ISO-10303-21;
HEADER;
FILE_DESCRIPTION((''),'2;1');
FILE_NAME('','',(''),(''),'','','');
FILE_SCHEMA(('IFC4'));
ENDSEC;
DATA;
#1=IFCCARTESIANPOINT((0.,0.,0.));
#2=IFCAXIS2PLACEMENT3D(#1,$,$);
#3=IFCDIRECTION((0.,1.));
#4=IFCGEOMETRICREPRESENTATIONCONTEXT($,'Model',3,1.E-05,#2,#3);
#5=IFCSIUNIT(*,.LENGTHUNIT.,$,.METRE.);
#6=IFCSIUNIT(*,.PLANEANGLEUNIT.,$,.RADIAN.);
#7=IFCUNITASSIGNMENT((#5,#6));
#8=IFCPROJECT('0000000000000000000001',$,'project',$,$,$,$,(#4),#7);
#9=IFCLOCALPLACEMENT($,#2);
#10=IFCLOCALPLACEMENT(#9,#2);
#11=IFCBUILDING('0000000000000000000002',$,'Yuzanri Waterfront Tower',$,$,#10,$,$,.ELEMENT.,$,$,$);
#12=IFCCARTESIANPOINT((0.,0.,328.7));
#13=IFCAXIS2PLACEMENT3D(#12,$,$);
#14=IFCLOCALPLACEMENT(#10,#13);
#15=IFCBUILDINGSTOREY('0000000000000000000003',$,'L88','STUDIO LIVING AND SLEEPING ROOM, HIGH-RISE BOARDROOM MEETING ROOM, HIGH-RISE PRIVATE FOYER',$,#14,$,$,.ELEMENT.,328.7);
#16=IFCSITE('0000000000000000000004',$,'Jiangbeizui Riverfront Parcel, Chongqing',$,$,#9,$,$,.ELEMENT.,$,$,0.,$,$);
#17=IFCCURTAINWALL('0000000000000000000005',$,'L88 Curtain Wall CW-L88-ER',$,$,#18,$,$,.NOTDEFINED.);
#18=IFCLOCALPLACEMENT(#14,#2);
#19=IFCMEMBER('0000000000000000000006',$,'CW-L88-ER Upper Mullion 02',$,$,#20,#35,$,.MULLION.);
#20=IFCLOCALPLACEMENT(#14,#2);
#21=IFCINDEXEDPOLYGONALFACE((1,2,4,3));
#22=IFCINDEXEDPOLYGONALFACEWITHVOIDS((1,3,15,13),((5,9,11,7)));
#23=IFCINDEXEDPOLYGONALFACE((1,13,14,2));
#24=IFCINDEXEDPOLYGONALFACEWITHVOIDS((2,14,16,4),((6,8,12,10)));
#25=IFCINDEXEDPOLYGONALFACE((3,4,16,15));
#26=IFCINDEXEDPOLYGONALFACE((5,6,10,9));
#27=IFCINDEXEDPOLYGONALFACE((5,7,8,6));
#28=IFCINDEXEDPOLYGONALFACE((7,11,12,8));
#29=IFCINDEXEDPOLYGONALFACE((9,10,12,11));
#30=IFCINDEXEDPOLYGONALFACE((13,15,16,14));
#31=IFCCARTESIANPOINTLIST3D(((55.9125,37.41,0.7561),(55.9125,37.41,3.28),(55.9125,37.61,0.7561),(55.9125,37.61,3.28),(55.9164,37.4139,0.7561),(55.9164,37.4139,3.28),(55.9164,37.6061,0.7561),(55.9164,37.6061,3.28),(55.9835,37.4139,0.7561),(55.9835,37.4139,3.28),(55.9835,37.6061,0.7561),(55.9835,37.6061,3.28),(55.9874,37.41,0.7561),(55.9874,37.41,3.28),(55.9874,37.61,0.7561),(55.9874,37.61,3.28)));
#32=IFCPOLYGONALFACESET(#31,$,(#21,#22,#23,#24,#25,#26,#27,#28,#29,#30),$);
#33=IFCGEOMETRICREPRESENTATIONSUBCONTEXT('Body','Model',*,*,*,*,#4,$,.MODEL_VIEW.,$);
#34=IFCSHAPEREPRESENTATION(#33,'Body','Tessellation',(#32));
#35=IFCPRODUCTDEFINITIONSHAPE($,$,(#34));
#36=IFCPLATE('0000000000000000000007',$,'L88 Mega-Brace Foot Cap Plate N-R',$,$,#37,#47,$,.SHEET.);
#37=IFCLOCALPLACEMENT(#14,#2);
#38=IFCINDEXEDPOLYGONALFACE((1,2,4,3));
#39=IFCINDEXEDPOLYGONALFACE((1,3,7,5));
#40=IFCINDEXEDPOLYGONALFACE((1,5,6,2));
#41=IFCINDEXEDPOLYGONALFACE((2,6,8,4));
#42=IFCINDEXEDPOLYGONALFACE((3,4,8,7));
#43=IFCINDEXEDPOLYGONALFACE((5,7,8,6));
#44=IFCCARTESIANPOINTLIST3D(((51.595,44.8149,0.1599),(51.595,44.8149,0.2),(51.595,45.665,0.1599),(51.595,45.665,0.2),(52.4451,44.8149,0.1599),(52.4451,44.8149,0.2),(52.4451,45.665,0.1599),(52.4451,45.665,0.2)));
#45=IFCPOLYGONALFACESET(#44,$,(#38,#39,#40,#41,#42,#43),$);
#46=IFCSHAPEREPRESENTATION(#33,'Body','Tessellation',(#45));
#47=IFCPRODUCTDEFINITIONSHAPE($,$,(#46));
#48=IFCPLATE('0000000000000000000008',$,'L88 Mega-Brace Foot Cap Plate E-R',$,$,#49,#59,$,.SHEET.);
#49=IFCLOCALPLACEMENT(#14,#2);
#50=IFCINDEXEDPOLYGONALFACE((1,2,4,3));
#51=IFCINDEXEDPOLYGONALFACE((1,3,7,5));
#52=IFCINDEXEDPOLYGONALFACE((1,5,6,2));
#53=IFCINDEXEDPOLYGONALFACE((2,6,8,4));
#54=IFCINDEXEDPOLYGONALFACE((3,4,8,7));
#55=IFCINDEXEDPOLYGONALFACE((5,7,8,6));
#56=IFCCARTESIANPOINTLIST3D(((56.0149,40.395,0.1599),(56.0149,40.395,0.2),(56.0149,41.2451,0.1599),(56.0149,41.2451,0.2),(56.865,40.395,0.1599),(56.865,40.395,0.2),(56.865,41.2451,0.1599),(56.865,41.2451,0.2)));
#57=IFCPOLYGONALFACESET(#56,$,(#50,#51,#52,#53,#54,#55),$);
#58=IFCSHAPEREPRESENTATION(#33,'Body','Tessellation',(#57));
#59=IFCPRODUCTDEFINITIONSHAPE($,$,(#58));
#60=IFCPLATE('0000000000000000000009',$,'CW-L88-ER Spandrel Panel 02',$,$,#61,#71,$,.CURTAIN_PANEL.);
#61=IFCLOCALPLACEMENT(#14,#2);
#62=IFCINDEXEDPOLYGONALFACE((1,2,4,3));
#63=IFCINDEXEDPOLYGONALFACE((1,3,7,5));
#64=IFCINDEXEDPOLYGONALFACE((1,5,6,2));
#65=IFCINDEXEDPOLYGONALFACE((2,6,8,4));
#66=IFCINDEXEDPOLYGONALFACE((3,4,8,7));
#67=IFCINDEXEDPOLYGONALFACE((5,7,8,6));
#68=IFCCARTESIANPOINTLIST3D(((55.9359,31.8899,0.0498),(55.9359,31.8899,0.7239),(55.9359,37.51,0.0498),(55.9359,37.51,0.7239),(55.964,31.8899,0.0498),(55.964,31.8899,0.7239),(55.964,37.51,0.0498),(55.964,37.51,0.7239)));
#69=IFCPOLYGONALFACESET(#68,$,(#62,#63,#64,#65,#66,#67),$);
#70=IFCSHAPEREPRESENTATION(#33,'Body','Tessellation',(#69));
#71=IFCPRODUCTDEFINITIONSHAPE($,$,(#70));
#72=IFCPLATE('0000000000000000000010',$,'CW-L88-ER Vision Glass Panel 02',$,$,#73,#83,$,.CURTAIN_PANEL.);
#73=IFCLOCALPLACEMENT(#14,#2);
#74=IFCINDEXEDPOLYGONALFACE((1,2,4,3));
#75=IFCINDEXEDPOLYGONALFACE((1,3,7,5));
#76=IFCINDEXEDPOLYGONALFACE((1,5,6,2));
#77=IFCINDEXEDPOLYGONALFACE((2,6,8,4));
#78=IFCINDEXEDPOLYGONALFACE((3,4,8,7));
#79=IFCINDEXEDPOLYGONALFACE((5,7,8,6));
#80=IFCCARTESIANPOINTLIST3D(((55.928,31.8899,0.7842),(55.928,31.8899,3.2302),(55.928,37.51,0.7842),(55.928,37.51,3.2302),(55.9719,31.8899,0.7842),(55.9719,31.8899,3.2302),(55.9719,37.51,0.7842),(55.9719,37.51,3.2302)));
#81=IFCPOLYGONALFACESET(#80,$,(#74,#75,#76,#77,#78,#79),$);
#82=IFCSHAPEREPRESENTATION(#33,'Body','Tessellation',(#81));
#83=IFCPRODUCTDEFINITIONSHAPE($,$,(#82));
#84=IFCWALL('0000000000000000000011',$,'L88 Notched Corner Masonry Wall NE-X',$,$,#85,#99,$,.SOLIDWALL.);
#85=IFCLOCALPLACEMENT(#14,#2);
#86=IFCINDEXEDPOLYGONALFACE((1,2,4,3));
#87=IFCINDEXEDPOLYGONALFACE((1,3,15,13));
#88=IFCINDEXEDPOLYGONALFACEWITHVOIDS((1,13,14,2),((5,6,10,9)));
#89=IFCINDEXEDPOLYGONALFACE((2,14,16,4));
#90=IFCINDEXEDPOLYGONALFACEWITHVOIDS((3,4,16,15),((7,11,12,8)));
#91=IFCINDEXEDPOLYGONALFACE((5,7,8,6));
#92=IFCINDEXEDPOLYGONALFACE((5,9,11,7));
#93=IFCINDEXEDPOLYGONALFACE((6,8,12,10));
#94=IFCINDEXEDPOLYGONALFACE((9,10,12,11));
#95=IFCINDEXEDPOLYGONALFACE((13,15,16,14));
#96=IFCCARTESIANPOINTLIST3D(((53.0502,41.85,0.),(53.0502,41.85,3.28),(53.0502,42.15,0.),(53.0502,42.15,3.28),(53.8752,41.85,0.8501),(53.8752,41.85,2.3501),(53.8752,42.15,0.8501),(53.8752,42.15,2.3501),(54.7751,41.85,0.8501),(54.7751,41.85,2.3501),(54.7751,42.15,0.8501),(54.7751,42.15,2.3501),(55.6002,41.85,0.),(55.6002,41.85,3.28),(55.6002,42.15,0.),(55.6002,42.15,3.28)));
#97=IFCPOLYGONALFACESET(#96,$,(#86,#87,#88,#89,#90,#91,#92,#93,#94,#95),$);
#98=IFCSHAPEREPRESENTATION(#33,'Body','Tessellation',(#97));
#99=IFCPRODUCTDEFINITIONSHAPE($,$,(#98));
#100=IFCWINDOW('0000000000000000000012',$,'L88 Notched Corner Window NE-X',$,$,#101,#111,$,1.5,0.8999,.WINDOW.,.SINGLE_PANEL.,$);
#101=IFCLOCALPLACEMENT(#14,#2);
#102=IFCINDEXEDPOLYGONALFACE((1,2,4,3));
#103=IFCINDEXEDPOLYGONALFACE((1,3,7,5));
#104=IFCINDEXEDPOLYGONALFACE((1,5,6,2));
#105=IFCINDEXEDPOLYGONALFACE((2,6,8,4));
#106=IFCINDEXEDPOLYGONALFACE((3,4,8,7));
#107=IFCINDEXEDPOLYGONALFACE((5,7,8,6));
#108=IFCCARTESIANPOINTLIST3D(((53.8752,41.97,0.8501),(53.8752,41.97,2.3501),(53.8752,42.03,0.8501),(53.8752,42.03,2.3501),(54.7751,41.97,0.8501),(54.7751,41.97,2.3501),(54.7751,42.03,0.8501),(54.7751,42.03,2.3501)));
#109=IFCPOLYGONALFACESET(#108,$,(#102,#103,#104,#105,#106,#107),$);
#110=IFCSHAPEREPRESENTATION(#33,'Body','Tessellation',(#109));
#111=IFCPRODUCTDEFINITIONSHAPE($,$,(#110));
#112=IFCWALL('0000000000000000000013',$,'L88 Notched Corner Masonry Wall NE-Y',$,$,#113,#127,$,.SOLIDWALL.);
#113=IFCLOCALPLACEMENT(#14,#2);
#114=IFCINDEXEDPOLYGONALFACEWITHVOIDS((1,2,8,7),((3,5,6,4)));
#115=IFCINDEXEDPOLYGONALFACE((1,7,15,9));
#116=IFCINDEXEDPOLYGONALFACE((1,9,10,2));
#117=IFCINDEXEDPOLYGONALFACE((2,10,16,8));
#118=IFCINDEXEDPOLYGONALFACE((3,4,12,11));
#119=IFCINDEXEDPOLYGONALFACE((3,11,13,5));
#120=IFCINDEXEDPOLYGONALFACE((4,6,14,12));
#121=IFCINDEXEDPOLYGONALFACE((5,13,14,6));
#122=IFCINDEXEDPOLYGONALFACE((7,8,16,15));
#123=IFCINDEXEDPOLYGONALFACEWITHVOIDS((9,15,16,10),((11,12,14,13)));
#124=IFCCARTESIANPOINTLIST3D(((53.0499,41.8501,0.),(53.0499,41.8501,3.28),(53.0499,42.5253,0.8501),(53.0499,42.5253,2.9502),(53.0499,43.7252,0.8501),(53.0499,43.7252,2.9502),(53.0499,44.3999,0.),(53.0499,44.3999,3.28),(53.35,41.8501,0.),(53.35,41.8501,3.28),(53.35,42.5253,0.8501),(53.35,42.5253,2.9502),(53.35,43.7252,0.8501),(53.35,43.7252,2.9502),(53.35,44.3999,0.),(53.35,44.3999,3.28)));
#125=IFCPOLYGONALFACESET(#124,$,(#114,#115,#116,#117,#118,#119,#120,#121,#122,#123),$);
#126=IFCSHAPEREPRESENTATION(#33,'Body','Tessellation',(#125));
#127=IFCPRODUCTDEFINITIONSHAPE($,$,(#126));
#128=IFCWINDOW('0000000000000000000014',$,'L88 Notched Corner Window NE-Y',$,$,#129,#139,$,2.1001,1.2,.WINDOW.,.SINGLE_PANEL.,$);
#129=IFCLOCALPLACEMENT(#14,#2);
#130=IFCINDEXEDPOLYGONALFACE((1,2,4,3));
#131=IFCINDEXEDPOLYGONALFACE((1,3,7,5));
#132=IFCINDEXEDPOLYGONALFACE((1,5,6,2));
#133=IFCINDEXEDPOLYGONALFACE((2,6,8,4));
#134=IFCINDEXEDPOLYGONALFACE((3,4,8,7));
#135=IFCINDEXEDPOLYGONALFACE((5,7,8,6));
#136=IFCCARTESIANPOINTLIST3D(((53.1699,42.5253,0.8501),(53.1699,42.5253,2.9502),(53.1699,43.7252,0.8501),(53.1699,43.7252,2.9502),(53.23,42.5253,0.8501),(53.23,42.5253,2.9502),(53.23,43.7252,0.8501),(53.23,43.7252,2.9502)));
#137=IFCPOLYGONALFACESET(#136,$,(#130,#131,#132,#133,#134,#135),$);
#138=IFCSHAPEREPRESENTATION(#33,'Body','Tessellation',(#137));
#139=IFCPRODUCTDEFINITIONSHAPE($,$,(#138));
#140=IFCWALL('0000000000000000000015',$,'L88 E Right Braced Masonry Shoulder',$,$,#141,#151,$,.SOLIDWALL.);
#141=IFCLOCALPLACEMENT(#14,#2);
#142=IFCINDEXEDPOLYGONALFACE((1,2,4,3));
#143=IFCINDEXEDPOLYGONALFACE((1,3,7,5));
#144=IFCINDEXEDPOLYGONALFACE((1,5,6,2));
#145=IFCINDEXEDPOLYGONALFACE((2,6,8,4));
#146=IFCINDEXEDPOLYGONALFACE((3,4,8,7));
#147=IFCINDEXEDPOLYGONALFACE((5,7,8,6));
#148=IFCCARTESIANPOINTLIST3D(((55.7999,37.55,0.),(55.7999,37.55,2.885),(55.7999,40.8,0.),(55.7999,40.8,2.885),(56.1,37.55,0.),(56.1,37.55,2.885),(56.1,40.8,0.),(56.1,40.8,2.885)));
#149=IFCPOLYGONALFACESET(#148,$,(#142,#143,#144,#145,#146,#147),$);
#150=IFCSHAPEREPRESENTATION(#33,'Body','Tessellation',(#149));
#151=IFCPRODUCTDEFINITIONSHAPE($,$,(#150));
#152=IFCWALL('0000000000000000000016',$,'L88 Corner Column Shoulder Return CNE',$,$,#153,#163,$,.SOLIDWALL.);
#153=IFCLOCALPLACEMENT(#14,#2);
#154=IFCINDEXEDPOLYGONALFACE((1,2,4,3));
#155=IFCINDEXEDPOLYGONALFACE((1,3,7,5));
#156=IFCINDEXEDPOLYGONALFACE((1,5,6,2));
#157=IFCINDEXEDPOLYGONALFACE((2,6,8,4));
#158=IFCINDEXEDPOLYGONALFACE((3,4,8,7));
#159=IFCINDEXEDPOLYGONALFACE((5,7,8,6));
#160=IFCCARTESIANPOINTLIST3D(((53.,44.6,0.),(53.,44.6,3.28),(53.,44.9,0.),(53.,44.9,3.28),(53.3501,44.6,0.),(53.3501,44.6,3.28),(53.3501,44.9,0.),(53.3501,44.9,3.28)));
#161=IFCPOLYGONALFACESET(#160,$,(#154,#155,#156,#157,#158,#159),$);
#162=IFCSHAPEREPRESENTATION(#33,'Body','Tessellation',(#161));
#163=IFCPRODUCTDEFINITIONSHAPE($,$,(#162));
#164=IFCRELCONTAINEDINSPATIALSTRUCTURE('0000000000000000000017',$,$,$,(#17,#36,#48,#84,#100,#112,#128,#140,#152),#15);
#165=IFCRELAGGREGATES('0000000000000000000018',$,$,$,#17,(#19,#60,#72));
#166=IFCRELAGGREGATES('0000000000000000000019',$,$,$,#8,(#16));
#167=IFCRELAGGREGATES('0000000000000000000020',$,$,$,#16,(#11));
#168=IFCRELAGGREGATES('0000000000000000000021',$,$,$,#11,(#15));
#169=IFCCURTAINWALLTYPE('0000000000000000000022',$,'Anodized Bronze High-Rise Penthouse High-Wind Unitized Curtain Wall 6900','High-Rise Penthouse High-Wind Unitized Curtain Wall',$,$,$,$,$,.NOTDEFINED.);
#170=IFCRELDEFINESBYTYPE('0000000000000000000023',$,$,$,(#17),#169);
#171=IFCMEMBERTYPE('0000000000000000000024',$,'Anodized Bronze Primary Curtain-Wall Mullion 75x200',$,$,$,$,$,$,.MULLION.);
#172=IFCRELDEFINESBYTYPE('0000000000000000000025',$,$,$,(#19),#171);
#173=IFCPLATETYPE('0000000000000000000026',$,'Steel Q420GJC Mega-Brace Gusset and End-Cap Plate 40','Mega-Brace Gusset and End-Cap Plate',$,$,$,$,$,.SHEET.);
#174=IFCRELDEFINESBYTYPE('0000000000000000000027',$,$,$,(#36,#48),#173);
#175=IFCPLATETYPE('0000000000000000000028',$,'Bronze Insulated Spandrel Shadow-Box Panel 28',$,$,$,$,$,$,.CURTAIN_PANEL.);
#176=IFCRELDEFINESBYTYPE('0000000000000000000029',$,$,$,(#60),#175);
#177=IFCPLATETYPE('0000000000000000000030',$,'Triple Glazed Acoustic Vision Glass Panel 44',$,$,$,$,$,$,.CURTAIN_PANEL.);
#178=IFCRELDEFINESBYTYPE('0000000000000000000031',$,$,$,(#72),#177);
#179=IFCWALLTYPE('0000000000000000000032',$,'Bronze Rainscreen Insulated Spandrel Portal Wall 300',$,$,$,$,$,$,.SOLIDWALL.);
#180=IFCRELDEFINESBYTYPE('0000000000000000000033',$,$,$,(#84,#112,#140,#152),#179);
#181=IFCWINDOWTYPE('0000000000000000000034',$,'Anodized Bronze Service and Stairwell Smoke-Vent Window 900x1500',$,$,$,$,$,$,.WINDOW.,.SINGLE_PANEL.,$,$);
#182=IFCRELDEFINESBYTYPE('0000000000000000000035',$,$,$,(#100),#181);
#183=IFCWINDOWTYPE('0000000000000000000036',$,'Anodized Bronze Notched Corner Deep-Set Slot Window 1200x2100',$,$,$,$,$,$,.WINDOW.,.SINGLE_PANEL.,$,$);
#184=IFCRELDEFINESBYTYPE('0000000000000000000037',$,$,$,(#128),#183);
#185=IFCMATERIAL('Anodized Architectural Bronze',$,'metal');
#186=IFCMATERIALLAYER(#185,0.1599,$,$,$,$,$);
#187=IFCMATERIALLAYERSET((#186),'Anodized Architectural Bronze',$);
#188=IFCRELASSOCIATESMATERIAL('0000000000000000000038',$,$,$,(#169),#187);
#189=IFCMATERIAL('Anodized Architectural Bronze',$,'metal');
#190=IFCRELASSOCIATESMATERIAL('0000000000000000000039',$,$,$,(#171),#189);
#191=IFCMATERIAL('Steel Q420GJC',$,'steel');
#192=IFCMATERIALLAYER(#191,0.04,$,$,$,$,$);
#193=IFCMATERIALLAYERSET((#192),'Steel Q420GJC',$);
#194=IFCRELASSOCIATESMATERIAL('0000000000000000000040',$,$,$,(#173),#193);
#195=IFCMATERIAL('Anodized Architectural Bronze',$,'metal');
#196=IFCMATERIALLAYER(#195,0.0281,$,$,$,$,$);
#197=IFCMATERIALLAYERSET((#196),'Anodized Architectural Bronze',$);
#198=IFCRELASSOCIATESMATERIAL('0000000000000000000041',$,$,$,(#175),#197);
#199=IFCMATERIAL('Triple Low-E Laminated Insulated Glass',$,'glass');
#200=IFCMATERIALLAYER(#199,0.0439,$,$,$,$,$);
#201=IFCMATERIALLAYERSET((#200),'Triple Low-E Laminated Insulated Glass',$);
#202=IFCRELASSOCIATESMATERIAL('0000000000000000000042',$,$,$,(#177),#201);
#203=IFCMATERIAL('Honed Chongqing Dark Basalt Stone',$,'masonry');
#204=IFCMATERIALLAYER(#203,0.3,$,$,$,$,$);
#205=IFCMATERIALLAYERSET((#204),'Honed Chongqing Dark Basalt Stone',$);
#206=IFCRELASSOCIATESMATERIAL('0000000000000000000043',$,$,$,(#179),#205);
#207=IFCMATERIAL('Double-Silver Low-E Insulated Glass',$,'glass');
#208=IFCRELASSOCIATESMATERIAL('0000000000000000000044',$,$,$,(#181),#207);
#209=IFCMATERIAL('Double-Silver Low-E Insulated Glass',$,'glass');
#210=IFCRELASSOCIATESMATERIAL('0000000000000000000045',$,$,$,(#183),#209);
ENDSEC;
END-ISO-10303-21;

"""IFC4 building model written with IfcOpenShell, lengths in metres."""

from ifc_helpers import new_model, si_unit, direction, frame, frame_2d, origin, origin_2d, place, context, subcontext, project, spatial, rectangle, hollow_rectangle, extrude, source, transform, mapped, material, layer, layer_set, material_profile, profile_set, type_object, element, fill, aggregate, save


model = new_model("IFC4")

# Units and contexts
model_context = context("Model", 3, precision=1e-05, world=origin(), true_north=direction((0.0, 1.0)))
body_context = subcontext(model_context, "Body", "Model", "MODEL_VIEW")
ifc_project = project(units=[si_unit("LENGTHUNIT", "METRE"), si_unit("PLANEANGLEUNIT", "RADIAN")], contexts=[model_context])

# Site, building, storey
site_placement = place(None, origin())
site = spatial("IfcSite", under=ifc_project, at=site_placement, Name="Jiangbeizui Riverfront Parcel, Chongqing", CompositionType="ELEMENT", RefElevation=0.0)
building_placement = place(site_placement, origin())
building = spatial("IfcBuilding", under=site, at=building_placement, Name="Yuzanri Waterfront Tower", CompositionType="ELEMENT")
storey_placement = place(building_placement, frame((0.0, 0.0, 328.7)))
storey = spatial("IfcBuildingStorey", under=building, at=storey_placement, Name="L88", Description="STUDIO LIVING AND SLEEPING ROOM, HIGH-RISE BOARDROOM MEETING ROOM, HIGH-RISE PRIVATE FOYER", CompositionType="ELEMENT", Elevation=328.7)

# Curtain wall, member
ifc_material_1 = material(Name="Anodized Architectural Bronze", Category="metal")
ifc_layer_1 = layer(ifc_material_1, 0.1599)
ifc_layer_set_1 = layer_set([ifc_layer_1], Name="Anodized Architectural Bronze")
curtain_wall_type = type_object("IfcCurtainWallType", Name="Anodized Bronze High-Rise Penthouse High-Wind Unitized Curtain Wall 6900", Description="High-Rise Penthouse High-Wind Unitized Curtain Wall", PredefinedType="NOTDEFINED", material=ifc_layer_set_1)
curtain_wall_placement = place(storey_placement, origin())
curtain_wall = element("IfcCurtainWall", 1, at=curtain_wall_placement, inside=storey, type_object=curtain_wall_type, Name="L88 Curtain Wall CW-L88-ER", PredefinedType="NOTDEFINED")
ifc_material_2 = material(Name="Anodized Architectural Bronze", Category="metal")
ifc_material_profile_1 = material_profile(ifc_material_2, hollow_rectangle(XDim=0.075, YDim=0.2, WallThickness=0.0039, at=origin_2d()), Name="CWM 75x200")
ifc_profile_set_1 = profile_set([ifc_material_profile_1], Name="Anodized Architectural Bronze")
member_type_1 = type_object("IfcMemberType", Name="Anodized Bronze Primary Curtain-Wall Mullion 75x200", PredefinedType="MULLION", material=ifc_profile_set_1)
shared_shape_1 = source(origin(), body_context, "Body", "SweptSolid", [
    extrude(hollow_rectangle(XDim=0.075, YDim=0.2, WallThickness=0.0039, at=origin_2d()), origin(), (0.0, 0.0, 1.0), 2.5239),
])
member_1_placement = place(storey_placement, frame((55.95, 37.51, 0.7561), z_axis=(0.0, 0.0, 1.0), x_axis=(1.0, 0.0, 0.0)))
member_1 = element("IfcMember", 2, at=member_1_placement, type_object=member_type_1, Name="CW-L88-ER Upper Mullion 02", PredefinedType="MULLION", context=body_context, shape_type="MappedRepresentation", body=[
    mapped(shared_shape_1, transform((0.0, 0.0, 0.0), scale=1.0)),
])

# Plates
ifc_material_3 = material(Name="Steel Q420GJC", Category="steel")
ifc_layer_2 = layer(ifc_material_3, 0.04)
ifc_layer_set_2 = layer_set([ifc_layer_2], Name="Steel Q420GJC")
plate_type_1 = type_object("IfcPlateType", Name="Steel Q420GJC Mega-Brace Gusset and End-Cap Plate 40", Description="Mega-Brace Gusset and End-Cap Plate", PredefinedType="SHEET", material=ifc_layer_set_2)
shared_shape_2 = source(origin(), body_context, "Body", "SweptSolid", [
    extrude(rectangle(XDim=0.8501, YDim=0.8501, at=origin_2d()), origin(), (0.0, 0.0, 1.0), 0.04),
])
for number, where, z_axis, x_axis, name in (
    (3, (52.02, 45.24, 0.1599), (0.0, 0.0, 1.0), (1.0, 0.0, 0.0), "L88 Mega-Brace Foot Cap Plate N-R"),
    (4, (56.4399, 40.8201, 0.1599), (0.0, 0.0, 1.0), (1.0, 0.0, 0.0), "L88 Mega-Brace Foot Cap Plate E-R"),
):
    element("IfcPlate", number, at=place(storey_placement, frame(where, z_axis=z_axis, x_axis=x_axis)), inside=storey, type_object=plate_type_1, Name=name, PredefinedType="SHEET", context=body_context, shape_type="MappedRepresentation", body=[
        mapped(shared_shape_2, transform((0.0, 0.0, 0.0), scale=1.0)),
    ])

# Plates
ifc_material_4 = material(Name="Anodized Architectural Bronze", Category="metal")
ifc_layer_3 = layer(ifc_material_4, 0.0281)
ifc_layer_set_3 = layer_set([ifc_layer_3], Name="Anodized Architectural Bronze")
plate_type_2 = type_object("IfcPlateType", Name="Bronze Insulated Spandrel Shadow-Box Panel 28", PredefinedType="CURTAIN_PANEL", material=ifc_layer_set_3)
shared_shape_3 = source(origin(), body_context, "Body", "SweptSolid", [
    extrude(rectangle(XDim=5.6201, YDim=0.0281, at=origin_2d()), origin(), (0.0, 0.0, 1.0), 0.6741),
])
plate_1_placement = place(storey_placement, frame((55.95, 34.7, 0.0498), z_axis=(0.0, 0.0, 1.0), x_axis=(0.0, 1.0, 0.0)))
plate_1 = element("IfcPlate", 5, at=plate_1_placement, type_object=plate_type_2, Name="CW-L88-ER Spandrel Panel 02", PredefinedType="CURTAIN_PANEL", context=body_context, shape_type="MappedRepresentation", body=[
    mapped(shared_shape_3, transform((0.0, 0.0, 0.0), scale=1.0)),
])
ifc_material_5 = material(Name="Triple Low-E Laminated Insulated Glass", Category="glass")
ifc_layer_4 = layer(ifc_material_5, 0.0439)
ifc_layer_set_4 = layer_set([ifc_layer_4], Name="Triple Low-E Laminated Insulated Glass")
plate_type_3 = type_object("IfcPlateType", Name="Triple Glazed Acoustic Vision Glass Panel 44", PredefinedType="CURTAIN_PANEL", material=ifc_layer_set_4)
shared_shape_4 = source(origin(), body_context, "Body", "SweptSolid", [
    extrude(rectangle(XDim=5.6201, YDim=0.0439, at=origin_2d()), origin(), (0.0, 0.0, 1.0), 2.446),
])
plate_2_placement = place(storey_placement, frame((55.95, 34.7, 0.7842), z_axis=(0.0, 0.0, 1.0), x_axis=(0.0, 1.0, 0.0)))
plate_2 = element("IfcPlate", 6, at=plate_2_placement, type_object=plate_type_3, Name="CW-L88-ER Vision Glass Panel 02", PredefinedType="CURTAIN_PANEL", context=body_context, shape_type="MappedRepresentation", body=[
    mapped(shared_shape_4, transform((0.0, 0.0, 0.0), scale=1.0)),
])
aggregate(curtain_wall, [member_1, plate_1, plate_2])

# Walls, openings, windows
ifc_material_6 = material(Name="Honed Chongqing Dark Basalt Stone", Category="masonry")
ifc_layer_5 = layer(ifc_material_6, 0.3)
ifc_layer_set_5 = layer_set([ifc_layer_5], Name="Honed Chongqing Dark Basalt Stone")
wall_type_1 = type_object("IfcWallType", Name="Bronze Rainscreen Insulated Spandrel Portal Wall 300", PredefinedType="SOLIDWALL", material=ifc_layer_set_5)
wall_1_placement = place(storey_placement, frame((55.6001, 42.0, 0.0), z_axis=(0.0, 0.0, 1.0), x_axis=(-1.0, 0.0, 0.0)))
wall_1 = element("IfcWall", 7, at=wall_1_placement, inside=storey, type_object=wall_type_1, Name="L88 Notched Corner Masonry Wall NE-X", PredefinedType="SOLIDWALL", context=body_context, shape_type="SweptSolid", body=[
    extrude(rectangle(XDim=2.55, YDim=0.3, at=frame_2d((1.2749, 0.0))), origin(), (0.0, 0.0, 1.0), 3.28),
])
opening_1_placement = place(wall_1_placement, frame((0.825, 0.0, 0.8501)))
opening_1 = element("IfcOpeningElement", 8, at=opening_1_placement, cuts=wall_1, PredefinedType="OPENING", context=body_context, shape_type="SweptSolid", body=[
    extrude(rectangle(XDim=0.8999, YDim=1.5, at=frame_2d((0.45, 0.75))), frame((0.0, 0.165, 0.0), z_axis=(0.0, -1.0, 0.0), x_axis=(1.0, 0.0, 0.0)), (0.0, 0.0, 1.0), 0.3298),
])
ifc_material_7 = material(Name="Double-Silver Low-E Insulated Glass", Category="glass")
window_type_1 = type_object("IfcWindowType", Name="Anodized Bronze Service and Stairwell Smoke-Vent Window 900x1500", PartitioningType="SINGLE_PANEL", PredefinedType="WINDOW", material=ifc_material_7)
shared_shape_5 = source(origin(), body_context, "Body", "SweptSolid", [
    extrude(rectangle(XDim=0.8999, YDim=1.5, at=frame_2d((0.45, 0.75))), frame((0.0, 0.03, 0.0), z_axis=(0.0, -1.0, 0.0), x_axis=(1.0, 0.0, 0.0)), (0.0, 0.0, 1.0), 0.0601),
])
window_1_placement = place(opening_1_placement, origin())
window_1 = element("IfcWindow", 9, at=window_1_placement, inside=storey, type_object=window_type_1, Name="L88 Notched Corner Window NE-X", OverallHeight=1.5, OverallWidth=0.8999, PartitioningType="SINGLE_PANEL", PredefinedType="WINDOW", context=body_context, shape_type="MappedRepresentation", body=[
    mapped(shared_shape_5, transform((0.0, 0.0, 0.0), scale=1.0)),
])
fill(opening_1, window_1)
wall_2_placement = place(storey_placement, frame((53.2, 41.8501, 0.0), z_axis=(0.0, 0.0, 1.0), x_axis=(0.0, 1.0, 0.0)))
wall_2 = element("IfcWall", 10, at=wall_2_placement, inside=storey, type_object=wall_type_1, Name="L88 Notched Corner Masonry Wall NE-Y", PredefinedType="SOLIDWALL", context=body_context, shape_type="SweptSolid", body=[
    extrude(rectangle(XDim=2.5498, YDim=0.3, at=frame_2d((1.2749, 0.0))), origin(), (0.0, 0.0, 1.0), 3.28),
])
opening_2_placement = place(wall_2_placement, frame((0.675, 0.0, 0.8501)))
opening_2 = element("IfcOpeningElement", 11, at=opening_2_placement, cuts=wall_2, PredefinedType="OPENING", context=body_context, shape_type="SweptSolid", body=[
    extrude(rectangle(XDim=1.2, YDim=2.1001, at=frame_2d((0.6001, 1.05))), frame((0.0, 0.165, 0.0), z_axis=(0.0, -1.0, 0.0), x_axis=(1.0, 0.0, 0.0)), (0.0, 0.0, 1.0), 0.3298),
])
ifc_material_8 = material(Name="Double-Silver Low-E Insulated Glass", Category="glass")
window_type_2 = type_object("IfcWindowType", Name="Anodized Bronze Notched Corner Deep-Set Slot Window 1200x2100", PartitioningType="SINGLE_PANEL", PredefinedType="WINDOW", material=ifc_material_8)
shared_shape_6 = source(origin(), body_context, "Body", "SweptSolid", [
    extrude(rectangle(XDim=1.2, YDim=2.1001, at=frame_2d((0.6001, 1.05))), frame((0.0, 0.03, 0.0), z_axis=(0.0, -1.0, 0.0), x_axis=(1.0, 0.0, 0.0)), (0.0, 0.0, 1.0), 0.0601),
])
window_2_placement = place(opening_2_placement, origin())
window_2 = element("IfcWindow", 12, at=window_2_placement, inside=storey, type_object=window_type_2, Name="L88 Notched Corner Window NE-Y", OverallHeight=2.1001, OverallWidth=1.2, PartitioningType="SINGLE_PANEL", PredefinedType="WINDOW", context=body_context, shape_type="MappedRepresentation", body=[
    mapped(shared_shape_6, transform((0.0, 0.0, 0.0), scale=1.0)),
])
fill(opening_2, window_2)

# Walls
shared_shape_7 = source(origin(), body_context, "Body", "SweptSolid", [
    extrude(rectangle(XDim=3.25, YDim=0.3, at=frame_2d((1.625, 0.0))), origin(), (0.0, 0.0, 1.0), 2.885),
])
wall_3_placement = place(storey_placement, frame((55.95, 37.55, 0.0), z_axis=(0.0, 0.0, 1.0), x_axis=(0.0, 1.0, 0.0)))
element("IfcWall", 13, at=wall_3_placement, inside=storey, type_object=wall_type_1, Name="L88 E Right Braced Masonry Shoulder", PredefinedType="SOLIDWALL", context=body_context, shape_type="MappedRepresentation", body=[
    mapped(shared_shape_7, transform((0.0, 0.0, 0.0), scale=1.0)),
])
shared_shape_8 = source(origin(), body_context, "Body", "SweptSolid", [
    extrude(rectangle(XDim=0.3501, YDim=0.3, at=frame_2d((0.175, 0.0))), origin(), (0.0, 0.0, 1.0), 3.28),
])
wall_4_placement = place(storey_placement, frame((53.0, 44.75, 0.0), z_axis=(0.0, 0.0, 1.0), x_axis=(1.0, 0.0, 0.0)))
element("IfcWall", 14, at=wall_4_placement, inside=storey, type_object=wall_type_1, Name="L88 Corner Column Shoulder Return CNE", PredefinedType="SOLIDWALL", context=body_context, shape_type="MappedRepresentation", body=[
    mapped(shared_shape_8, transform((0.0, 0.0, 0.0), scale=1.0)),
])

save(model, "model.ifc")
